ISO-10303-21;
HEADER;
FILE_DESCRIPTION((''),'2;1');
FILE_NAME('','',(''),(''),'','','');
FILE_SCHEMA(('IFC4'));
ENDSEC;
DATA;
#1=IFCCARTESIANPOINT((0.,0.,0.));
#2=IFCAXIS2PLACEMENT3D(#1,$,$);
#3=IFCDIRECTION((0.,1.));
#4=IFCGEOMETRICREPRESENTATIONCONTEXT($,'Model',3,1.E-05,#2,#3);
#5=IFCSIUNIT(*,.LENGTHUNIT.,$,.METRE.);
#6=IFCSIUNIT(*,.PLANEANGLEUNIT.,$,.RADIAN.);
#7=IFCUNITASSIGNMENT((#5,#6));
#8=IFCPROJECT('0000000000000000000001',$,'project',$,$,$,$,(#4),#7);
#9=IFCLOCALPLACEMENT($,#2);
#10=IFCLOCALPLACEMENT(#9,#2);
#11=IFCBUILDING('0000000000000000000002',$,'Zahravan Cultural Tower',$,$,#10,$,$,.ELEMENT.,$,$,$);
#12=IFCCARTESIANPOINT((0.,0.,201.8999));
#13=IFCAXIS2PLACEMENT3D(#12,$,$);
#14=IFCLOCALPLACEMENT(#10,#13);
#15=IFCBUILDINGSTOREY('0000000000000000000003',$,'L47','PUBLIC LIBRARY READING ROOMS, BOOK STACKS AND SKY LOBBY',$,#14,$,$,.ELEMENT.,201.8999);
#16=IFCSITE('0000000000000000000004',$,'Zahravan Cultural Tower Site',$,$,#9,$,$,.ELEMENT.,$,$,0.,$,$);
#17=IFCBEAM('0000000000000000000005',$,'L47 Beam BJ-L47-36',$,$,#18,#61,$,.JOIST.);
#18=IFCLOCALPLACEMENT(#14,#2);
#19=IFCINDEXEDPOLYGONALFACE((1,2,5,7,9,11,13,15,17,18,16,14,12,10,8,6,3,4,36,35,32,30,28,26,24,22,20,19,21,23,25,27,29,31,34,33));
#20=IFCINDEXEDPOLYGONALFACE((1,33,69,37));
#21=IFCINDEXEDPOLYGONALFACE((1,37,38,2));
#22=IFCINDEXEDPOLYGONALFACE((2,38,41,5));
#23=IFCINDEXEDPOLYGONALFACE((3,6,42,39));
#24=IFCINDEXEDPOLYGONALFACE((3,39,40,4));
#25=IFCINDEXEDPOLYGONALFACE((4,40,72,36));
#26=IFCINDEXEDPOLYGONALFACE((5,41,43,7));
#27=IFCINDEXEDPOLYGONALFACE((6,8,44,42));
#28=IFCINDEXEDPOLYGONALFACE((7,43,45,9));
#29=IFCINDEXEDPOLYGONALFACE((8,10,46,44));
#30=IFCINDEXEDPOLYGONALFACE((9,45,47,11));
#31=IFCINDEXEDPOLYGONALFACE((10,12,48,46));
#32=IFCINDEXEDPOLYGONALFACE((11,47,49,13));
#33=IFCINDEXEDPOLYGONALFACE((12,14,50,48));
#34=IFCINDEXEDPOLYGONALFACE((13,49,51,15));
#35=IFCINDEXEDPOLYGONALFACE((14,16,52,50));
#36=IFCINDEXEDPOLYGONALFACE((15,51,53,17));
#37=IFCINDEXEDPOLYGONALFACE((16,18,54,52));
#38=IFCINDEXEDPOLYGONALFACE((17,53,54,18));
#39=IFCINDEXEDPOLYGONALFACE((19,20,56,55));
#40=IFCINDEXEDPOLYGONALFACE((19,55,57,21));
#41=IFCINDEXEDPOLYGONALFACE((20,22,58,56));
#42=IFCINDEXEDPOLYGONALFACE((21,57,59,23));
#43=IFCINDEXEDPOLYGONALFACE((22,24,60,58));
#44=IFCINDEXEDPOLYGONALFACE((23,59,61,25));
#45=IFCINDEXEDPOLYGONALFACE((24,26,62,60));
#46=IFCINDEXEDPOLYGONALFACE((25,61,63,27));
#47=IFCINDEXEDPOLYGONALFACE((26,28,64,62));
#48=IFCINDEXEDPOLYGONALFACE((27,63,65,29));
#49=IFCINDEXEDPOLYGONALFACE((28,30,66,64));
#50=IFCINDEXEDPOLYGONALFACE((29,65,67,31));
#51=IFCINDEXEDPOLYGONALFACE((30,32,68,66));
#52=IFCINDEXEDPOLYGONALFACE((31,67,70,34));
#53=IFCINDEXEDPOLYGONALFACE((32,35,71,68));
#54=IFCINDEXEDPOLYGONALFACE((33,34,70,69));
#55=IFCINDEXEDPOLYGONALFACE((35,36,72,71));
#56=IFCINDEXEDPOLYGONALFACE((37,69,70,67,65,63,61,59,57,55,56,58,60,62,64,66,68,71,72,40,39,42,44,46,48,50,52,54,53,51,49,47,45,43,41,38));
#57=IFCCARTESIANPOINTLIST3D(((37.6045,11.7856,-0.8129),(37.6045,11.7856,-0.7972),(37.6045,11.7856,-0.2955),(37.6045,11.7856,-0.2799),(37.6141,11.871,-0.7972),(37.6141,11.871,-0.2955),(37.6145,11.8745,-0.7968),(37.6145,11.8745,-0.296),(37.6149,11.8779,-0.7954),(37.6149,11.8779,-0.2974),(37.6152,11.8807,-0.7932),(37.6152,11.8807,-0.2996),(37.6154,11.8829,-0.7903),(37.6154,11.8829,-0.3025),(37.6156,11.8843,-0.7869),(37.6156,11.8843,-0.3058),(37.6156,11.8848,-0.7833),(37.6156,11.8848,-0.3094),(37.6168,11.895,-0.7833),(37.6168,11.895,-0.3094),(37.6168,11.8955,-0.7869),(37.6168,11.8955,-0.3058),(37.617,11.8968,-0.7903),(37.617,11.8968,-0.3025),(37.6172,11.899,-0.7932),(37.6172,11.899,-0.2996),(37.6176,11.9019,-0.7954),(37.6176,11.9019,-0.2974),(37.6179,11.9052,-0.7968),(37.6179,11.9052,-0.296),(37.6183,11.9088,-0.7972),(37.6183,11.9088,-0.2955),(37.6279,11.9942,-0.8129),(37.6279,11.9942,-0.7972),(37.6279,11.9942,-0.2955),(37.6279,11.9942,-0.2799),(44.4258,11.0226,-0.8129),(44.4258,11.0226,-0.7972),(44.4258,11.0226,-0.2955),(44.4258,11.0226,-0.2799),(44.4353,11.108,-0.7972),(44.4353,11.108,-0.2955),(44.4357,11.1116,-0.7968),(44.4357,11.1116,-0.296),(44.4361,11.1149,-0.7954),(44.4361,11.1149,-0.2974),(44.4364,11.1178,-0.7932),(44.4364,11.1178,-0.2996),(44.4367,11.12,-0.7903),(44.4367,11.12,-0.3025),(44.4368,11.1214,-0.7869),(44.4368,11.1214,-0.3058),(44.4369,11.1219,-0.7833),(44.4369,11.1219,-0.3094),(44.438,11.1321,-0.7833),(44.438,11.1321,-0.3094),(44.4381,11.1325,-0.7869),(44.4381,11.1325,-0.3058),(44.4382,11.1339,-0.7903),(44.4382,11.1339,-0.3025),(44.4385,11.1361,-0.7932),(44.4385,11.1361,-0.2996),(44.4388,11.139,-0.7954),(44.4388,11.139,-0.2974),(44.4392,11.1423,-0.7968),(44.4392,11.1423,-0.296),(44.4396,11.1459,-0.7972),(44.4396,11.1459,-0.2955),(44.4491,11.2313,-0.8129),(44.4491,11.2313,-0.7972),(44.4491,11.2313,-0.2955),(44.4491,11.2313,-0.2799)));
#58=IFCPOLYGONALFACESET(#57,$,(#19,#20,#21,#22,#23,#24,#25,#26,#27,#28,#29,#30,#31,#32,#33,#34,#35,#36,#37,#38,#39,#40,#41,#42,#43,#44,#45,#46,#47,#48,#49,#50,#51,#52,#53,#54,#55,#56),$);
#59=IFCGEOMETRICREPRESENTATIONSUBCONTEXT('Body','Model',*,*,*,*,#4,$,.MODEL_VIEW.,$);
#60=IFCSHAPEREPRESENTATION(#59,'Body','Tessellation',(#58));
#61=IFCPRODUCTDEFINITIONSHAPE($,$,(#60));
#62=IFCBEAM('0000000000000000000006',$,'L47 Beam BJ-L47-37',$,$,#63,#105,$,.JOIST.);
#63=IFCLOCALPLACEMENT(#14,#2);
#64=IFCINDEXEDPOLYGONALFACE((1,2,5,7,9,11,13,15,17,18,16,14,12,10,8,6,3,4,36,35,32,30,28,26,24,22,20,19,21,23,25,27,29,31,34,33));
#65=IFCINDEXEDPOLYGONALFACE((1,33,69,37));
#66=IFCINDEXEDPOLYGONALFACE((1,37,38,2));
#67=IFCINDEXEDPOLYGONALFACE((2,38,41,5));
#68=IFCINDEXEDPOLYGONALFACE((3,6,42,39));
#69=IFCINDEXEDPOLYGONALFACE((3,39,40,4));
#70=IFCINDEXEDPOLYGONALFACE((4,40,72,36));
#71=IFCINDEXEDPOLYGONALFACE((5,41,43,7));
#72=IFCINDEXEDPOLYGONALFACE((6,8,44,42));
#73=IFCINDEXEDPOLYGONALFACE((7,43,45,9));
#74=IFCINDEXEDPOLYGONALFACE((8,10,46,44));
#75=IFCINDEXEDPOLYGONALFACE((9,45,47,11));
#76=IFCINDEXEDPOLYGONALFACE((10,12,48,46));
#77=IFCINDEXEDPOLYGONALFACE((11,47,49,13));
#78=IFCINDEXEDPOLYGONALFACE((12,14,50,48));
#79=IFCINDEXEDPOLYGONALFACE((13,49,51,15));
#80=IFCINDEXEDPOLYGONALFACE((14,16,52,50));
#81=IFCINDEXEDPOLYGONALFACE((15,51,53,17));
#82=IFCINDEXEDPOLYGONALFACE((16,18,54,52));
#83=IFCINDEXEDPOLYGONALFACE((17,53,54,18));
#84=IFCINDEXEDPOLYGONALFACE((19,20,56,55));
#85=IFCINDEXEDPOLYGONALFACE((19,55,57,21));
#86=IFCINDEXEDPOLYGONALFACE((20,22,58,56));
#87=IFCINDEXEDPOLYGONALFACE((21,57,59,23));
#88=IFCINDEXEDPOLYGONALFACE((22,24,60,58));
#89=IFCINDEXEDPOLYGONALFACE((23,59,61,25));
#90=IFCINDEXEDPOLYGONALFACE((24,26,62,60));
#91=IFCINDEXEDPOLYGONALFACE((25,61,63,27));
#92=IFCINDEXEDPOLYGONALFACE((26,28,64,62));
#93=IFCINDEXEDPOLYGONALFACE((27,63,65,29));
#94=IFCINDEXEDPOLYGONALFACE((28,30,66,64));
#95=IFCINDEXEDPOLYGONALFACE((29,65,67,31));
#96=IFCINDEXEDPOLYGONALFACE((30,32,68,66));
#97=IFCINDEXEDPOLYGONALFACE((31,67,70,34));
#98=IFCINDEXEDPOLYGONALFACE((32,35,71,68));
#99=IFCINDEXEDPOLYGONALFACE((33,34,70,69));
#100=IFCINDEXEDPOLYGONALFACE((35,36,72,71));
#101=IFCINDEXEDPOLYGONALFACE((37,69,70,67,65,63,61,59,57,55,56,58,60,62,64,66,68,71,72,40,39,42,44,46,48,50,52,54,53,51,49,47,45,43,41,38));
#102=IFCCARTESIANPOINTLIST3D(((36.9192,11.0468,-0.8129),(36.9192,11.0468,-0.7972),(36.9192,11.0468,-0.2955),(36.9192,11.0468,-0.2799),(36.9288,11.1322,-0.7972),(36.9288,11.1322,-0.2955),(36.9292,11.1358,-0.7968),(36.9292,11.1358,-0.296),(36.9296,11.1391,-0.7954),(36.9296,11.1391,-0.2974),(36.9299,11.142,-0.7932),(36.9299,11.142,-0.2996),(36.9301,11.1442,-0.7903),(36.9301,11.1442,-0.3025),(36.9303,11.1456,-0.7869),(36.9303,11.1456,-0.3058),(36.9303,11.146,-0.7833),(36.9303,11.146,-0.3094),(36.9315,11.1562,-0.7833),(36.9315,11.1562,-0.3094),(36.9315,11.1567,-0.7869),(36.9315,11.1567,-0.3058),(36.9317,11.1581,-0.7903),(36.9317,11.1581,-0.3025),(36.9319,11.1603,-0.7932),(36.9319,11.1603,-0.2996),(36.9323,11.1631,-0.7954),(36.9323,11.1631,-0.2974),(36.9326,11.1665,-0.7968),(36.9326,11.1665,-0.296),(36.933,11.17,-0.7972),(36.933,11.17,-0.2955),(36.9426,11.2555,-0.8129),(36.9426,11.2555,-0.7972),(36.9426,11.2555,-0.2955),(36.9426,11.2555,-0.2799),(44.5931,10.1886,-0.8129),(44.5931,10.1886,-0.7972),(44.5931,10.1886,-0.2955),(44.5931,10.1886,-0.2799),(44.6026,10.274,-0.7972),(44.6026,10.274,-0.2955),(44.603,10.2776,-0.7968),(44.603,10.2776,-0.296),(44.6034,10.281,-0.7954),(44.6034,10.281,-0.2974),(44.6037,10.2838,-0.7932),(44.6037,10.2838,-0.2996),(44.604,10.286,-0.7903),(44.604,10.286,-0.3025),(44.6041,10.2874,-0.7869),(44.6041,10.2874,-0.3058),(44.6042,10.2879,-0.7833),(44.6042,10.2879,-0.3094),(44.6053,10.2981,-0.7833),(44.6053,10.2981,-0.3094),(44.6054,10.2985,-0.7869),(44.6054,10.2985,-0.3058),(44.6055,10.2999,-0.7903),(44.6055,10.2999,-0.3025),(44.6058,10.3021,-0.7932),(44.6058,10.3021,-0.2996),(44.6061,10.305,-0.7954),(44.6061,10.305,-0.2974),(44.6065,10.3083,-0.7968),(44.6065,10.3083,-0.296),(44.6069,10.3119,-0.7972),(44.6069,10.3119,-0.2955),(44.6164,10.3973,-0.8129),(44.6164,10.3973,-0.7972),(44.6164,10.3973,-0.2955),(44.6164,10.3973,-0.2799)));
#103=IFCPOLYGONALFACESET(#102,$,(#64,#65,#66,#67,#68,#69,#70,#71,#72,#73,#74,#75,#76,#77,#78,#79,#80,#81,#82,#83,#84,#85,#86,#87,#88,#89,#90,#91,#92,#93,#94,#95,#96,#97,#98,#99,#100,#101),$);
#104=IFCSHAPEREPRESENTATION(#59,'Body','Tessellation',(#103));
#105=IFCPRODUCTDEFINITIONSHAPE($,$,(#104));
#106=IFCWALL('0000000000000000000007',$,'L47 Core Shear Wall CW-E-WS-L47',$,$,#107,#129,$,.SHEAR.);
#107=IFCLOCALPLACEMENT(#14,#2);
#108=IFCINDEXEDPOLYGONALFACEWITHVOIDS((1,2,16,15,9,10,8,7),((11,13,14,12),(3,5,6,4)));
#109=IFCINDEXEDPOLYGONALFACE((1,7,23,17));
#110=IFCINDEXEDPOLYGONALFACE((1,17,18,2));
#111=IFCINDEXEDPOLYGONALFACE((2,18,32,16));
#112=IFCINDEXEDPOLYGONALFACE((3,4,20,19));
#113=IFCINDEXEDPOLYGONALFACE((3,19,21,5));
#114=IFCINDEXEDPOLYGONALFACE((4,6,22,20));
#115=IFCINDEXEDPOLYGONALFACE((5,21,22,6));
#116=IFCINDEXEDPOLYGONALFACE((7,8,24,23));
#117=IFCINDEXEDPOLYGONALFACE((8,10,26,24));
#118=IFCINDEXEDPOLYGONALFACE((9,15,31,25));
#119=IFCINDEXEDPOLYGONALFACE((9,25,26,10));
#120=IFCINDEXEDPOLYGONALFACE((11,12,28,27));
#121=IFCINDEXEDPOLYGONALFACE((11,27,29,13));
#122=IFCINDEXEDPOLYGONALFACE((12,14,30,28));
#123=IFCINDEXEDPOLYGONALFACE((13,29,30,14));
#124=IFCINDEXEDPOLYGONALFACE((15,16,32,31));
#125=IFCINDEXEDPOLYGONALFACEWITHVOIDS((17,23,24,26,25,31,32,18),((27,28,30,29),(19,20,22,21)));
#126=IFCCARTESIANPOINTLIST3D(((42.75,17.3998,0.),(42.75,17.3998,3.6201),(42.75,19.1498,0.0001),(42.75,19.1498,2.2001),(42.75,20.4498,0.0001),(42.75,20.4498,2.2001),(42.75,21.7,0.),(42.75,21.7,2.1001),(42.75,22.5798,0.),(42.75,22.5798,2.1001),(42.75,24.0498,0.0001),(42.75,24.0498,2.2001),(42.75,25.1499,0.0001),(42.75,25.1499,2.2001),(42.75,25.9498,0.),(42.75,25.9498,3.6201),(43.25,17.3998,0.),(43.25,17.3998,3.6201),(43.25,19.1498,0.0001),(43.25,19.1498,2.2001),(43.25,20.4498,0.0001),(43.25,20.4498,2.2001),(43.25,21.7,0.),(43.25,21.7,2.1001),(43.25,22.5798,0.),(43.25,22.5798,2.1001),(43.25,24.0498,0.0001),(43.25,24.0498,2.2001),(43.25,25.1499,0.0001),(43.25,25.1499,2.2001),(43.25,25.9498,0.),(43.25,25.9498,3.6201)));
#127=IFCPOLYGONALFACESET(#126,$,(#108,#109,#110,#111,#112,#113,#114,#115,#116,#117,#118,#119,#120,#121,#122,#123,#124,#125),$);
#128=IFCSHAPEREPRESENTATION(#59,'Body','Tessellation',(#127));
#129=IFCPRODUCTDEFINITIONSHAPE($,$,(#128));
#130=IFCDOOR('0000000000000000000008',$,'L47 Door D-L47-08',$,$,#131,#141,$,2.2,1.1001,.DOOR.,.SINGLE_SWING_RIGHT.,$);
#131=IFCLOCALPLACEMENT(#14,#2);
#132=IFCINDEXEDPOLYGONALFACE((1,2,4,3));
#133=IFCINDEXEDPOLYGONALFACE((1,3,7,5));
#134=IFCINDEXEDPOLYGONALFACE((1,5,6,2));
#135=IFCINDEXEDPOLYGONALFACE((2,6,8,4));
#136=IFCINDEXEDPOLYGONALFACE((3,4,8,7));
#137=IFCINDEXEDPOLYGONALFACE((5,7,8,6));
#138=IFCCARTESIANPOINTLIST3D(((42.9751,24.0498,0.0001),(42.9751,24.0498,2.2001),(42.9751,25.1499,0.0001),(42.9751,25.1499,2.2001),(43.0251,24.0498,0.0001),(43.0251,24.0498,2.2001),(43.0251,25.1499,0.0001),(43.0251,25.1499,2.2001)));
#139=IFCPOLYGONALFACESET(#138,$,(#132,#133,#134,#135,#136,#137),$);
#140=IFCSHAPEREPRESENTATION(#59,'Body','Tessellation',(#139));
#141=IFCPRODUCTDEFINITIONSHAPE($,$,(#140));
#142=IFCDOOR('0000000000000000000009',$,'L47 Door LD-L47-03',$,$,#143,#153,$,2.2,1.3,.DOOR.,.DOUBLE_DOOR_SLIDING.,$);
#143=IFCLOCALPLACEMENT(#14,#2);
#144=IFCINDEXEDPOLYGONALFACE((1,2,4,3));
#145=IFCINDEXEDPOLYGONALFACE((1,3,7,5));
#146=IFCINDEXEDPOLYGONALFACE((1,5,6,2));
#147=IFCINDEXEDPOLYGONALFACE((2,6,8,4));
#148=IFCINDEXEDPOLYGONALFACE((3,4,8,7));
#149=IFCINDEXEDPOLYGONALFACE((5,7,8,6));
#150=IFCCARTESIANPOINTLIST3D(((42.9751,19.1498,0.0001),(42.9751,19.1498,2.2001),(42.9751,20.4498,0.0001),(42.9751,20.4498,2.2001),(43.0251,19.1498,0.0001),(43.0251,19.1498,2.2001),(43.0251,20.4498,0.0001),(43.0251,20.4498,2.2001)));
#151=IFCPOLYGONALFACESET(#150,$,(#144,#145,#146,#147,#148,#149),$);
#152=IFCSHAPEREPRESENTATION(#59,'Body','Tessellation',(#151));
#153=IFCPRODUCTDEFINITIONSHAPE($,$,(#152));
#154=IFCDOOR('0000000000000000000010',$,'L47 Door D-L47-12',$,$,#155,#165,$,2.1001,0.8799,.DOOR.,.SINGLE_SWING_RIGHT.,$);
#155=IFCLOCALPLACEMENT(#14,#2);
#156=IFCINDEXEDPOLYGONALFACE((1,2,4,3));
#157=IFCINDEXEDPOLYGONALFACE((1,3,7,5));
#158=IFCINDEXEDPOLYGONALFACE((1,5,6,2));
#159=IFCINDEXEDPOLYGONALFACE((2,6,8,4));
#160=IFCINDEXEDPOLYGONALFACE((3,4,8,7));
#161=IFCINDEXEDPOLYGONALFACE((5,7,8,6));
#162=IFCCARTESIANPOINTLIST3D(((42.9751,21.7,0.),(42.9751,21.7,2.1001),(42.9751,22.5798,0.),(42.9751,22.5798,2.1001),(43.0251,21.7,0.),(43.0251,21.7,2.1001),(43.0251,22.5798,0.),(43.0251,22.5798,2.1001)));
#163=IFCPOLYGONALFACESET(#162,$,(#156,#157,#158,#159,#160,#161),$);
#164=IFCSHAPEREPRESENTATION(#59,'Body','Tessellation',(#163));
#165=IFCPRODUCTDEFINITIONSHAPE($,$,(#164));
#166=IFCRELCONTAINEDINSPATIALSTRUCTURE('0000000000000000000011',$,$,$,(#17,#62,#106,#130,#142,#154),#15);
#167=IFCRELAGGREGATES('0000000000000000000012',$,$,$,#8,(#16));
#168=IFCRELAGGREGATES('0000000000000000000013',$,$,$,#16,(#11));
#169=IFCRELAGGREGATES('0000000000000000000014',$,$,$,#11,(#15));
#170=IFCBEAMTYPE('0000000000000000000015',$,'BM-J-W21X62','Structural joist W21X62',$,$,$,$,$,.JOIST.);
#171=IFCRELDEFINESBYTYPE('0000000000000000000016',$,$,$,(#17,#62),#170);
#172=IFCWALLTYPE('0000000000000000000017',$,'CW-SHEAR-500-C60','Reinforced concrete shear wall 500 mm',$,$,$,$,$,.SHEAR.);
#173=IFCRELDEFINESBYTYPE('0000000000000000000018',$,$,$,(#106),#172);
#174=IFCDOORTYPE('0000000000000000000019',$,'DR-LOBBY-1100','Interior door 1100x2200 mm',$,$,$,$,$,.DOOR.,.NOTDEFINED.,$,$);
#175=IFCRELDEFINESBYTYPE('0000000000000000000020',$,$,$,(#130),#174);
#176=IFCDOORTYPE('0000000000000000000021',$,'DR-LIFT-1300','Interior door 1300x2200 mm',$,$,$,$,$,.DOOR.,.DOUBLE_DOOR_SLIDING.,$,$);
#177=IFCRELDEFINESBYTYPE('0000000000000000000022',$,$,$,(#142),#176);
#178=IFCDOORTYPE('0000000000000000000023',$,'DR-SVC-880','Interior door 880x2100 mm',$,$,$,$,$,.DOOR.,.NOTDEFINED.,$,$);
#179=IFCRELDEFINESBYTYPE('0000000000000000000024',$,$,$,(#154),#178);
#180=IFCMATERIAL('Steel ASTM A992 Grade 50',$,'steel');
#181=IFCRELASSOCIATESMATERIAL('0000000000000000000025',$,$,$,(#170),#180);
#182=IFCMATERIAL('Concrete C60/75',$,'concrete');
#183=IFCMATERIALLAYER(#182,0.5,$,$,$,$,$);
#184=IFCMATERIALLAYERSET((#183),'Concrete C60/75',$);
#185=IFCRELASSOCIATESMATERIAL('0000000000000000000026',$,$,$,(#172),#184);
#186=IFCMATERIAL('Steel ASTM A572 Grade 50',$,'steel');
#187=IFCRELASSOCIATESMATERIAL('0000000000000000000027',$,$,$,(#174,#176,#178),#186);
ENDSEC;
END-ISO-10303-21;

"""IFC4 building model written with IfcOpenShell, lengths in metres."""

from ifc_helpers import new_model, si_unit, direction, frame, frame_2d, origin, origin_2d, place, context, subcontext, project, spatial, rectangle, i_section, extrude, source, transform, mapped, material, layer, layer_set, material_profile, profile_set, type_object, element, fill, save


model = new_model("IFC4")

# Units and contexts
model_context = context("Model", 3, precision=1e-05, world=origin(), true_north=direction((0.0, 1.0)))
body_context = subcontext(model_context, "Body", "Model", "MODEL_VIEW")
ifc_project = project(units=[si_unit("LENGTHUNIT", "METRE"), si_unit("PLANEANGLEUNIT", "RADIAN")], contexts=[model_context])

# Site, building, storey
site_placement = place(None, origin())
site = spatial("IfcSite", under=ifc_project, at=site_placement, Name="Zahravan Cultural Tower Site", CompositionType="ELEMENT", RefElevation=0.0)
building_placement = place(site_placement, origin())
building = spatial("IfcBuilding", under=site, at=building_placement, Name="Zahravan Cultural Tower", CompositionType="ELEMENT")
storey_placement = place(building_placement, frame((0.0, 0.0, 201.8999)))
storey = spatial("IfcBuildingStorey", under=building, at=storey_placement, Name="L47", Description="PUBLIC LIBRARY READING ROOMS, BOOK STACKS AND SKY LOBBY", CompositionType="ELEMENT", Elevation=201.8999)

# Shared definitions
ifc_material_1 = material(Name="Steel ASTM A992 Grade 50", Category="steel")

# Beams
ifc_material_profile_1 = material_profile(ifc_material_1, i_section(OverallWidth=0.21, OverallDepth=0.533, WebThickness=0.0103, FlangeThickness=0.0156, FilletRadius=0.0139, at=origin_2d()), Name="W21X62")
ifc_profile_set_1 = profile_set([ifc_material_profile_1], Name="Steel ASTM A992 Grade 50")
beam_type_1 = type_object("IfcBeamType", Name="BM-J-W21X62", Description="Structural joist W21X62", PredefinedType="JOIST", material=ifc_profile_set_1)
shared_shape_1 = source(origin(), body_context, "Body", "SweptSolid", [
    extrude(i_section(OverallWidth=0.21, OverallDepth=0.533, WebThickness=0.0103, FlangeThickness=0.0156, FilletRadius=0.0139, at=origin_2d()), origin(), (0.0, 0.0, 1.0), 6.8638),
])
beam_1_placement = place(storey_placement, frame((37.6162, 11.8899, -0.5464), z_axis=(0.993803, -0.111154, 0.0), x_axis=(0.111154, 0.993803, 0.0)))
element("IfcBeam", 1, at=beam_1_placement, inside=storey, type_object=beam_type_1, Name="L47 Beam BJ-L47-36", PredefinedType="JOIST", context=body_context, shape_type="MappedRepresentation", body=[
    mapped(shared_shape_1, transform((0.0, 0.0, 0.0), x_axis=(1.0, 0.0, 0.0), y_axis=(0.0, 1.0, 0.0), z_axis=(0.0, 0.0, 1.0), scale=1.0)),
])
shared_shape_2 = source(origin(), body_context, "Body", "SweptSolid", [
    extrude(i_section(OverallWidth=0.21, OverallDepth=0.533, WebThickness=0.0103, FlangeThickness=0.0156, FilletRadius=0.0139, at=origin_2d()), origin(), (0.0, 0.0, 1.0), 7.7217),
])
beam_2_placement = place(storey_placement, frame((36.9309, 11.1511, -0.5464), z_axis=(0.993805, -0.111136, 0.0), x_axis=(0.111136, 0.993805, 0.0)))
element("IfcBeam", 2, at=beam_2_placement, inside=storey, type_object=beam_type_1, Name="L47 Beam BJ-L47-37", PredefinedType="JOIST", context=body_context, shape_type="MappedRepresentation", body=[
    mapped(shared_shape_2, transform((0.0, 0.0, 0.0), x_axis=(1.0, 0.0, 0.0), y_axis=(0.0, 1.0, 0.0), z_axis=(0.0, 0.0, 1.0), scale=1.0)),
])

# Wall, openings, doors
ifc_material_2 = material(Name="Concrete C60/75", Category="concrete")
ifc_layer_1 = layer(ifc_material_2, 0.5)
ifc_layer_set_1 = layer_set([ifc_layer_1], Name="Concrete C60/75")
wall_type_1 = type_object("IfcWallType", Name="CW-SHEAR-500-C60", Description="Reinforced concrete shear wall 500 mm", PredefinedType="SHEAR", material=ifc_layer_set_1)
wall_1_placement = place(storey_placement, frame((43.0, 17.3999, 0.0), z_axis=(0.0, 0.0, 1.0), x_axis=(0.0, 1.0, 0.0)))
wall_1 = element("IfcWall", 3, at=wall_1_placement, inside=storey, type_object=wall_type_1, Name="L47 Core Shear Wall CW-E-WS-L47", PredefinedType="SHEAR", context=body_context, shape_type="SweptSolid", body=[
    extrude(rectangle(XDim=8.55, YDim=0.5, at=frame_2d((4.2749, 0.0))), origin(), (0.0, 0.0, 1.0), 3.6201),
])
opening_1_placement = place(wall_1_placement, frame((6.6499, 0.0, 0.0)))
opening_1 = element("IfcOpeningElement", 4, at=opening_1_placement, cuts=wall_1, PredefinedType="OPENING", context=body_context, shape_type="SweptSolid", body=[
    extrude(rectangle(XDim=1.1001, YDim=2.2, at=frame_2d((0.55, 1.1001))), frame((0.0, 0.26, 0.0), z_axis=(0.0, -1.0, 0.0), x_axis=(1.0, 0.0, 0.0)), (0.0, 0.0, 1.0), 0.52),
])
opening_2_placement = place(wall_1_placement, frame((1.75, 0.0, 0.0)))
opening_2 = element("IfcOpeningElement", 5, at=opening_2_placement, cuts=wall_1, PredefinedType="OPENING", context=body_context, shape_type="SweptSolid", body=[
    extrude(rectangle(XDim=1.3, YDim=2.2, at=frame_2d((0.6499, 1.1001))), frame((0.0, 0.26, 0.0), z_axis=(0.0, -1.0, 0.0), x_axis=(1.0, 0.0, 0.0)), (0.0, 0.0, 1.0), 0.52),
])
opening_3_placement = place(wall_1_placement, frame((4.3, 0.0, 0.0)))
opening_3 = element("IfcOpeningElement", 6, at=opening_3_placement, cuts=wall_1, PredefinedType="OPENING", context=body_context, shape_type="SweptSolid", body=[
    extrude(rectangle(XDim=0.8799, YDim=2.1001, at=frame_2d((0.4399, 1.05))), frame((0.0, 0.26, 0.0), z_axis=(0.0, -1.0, 0.0), x_axis=(1.0, 0.0, 0.0)), (0.0, 0.0, 1.0), 0.52),
])
ifc_material_3 = material(Name="Steel ASTM A572 Grade 50", Category="steel")
door_type_1 = type_object("IfcDoorType", Name="DR-LOBBY-1100", Description="Interior door 1100x2200 mm", OperationType="NOTDEFINED", PredefinedType="DOOR", material=ifc_material_3)
shared_shape_3 = source(origin(), body_context, "Body", "SweptSolid", [
    extrude(rectangle(XDim=1.1001, YDim=2.2, at=frame_2d((0.55, 1.1001))), frame((0.0, 0.0249, 0.0), z_axis=(0.0, -1.0, 0.0), x_axis=(1.0, 0.0, 0.0)), (0.0, 0.0, 1.0), 0.05),
])
door_1_placement = place(opening_1_placement, origin())
door_1 = element("IfcDoor", 7, at=door_1_placement, inside=storey, type_object=door_type_1, Name="L47 Door D-L47-08", OperationType="SINGLE_SWING_RIGHT", OverallHeight=2.2, OverallWidth=1.1001, PredefinedType="DOOR", context=body_context, shape_type="MappedRepresentation", body=[
    mapped(shared_shape_3, transform((0.0, 0.0, 0.0), x_axis=(1.0, 0.0, 0.0), y_axis=(0.0, 1.0, 0.0), z_axis=(0.0, 0.0, 1.0), scale=1.0)),
])
fill(opening_1, door_1)
door_type_2 = type_object("IfcDoorType", Name="DR-LIFT-1300", Description="Interior door 1300x2200 mm", OperationType="DOUBLE_DOOR_SLIDING", PredefinedType="DOOR", material=ifc_material_3)
shared_shape_4 = source(origin(), body_context, "Body", "SweptSolid", [
    extrude(rectangle(XDim=1.3, YDim=2.2, at=frame_2d((0.6499, 1.1001))), frame((0.0, 0.0249, 0.0), z_axis=(0.0, -1.0, 0.0), x_axis=(1.0, 0.0, 0.0)), (0.0, 0.0, 1.0), 0.05),
])
door_2_placement = place(opening_2_placement, origin())
door_2 = element("IfcDoor", 8, at=door_2_placement, inside=storey, type_object=door_type_2, Name="L47 Door LD-L47-03", OperationType="DOUBLE_DOOR_SLIDING", OverallHeight=2.2, OverallWidth=1.3, PredefinedType="DOOR", context=body_context, shape_type="MappedRepresentation", body=[
    mapped(shared_shape_4, transform((0.0, 0.0, 0.0), x_axis=(1.0, 0.0, 0.0), y_axis=(0.0, 1.0, 0.0), z_axis=(0.0, 0.0, 1.0), scale=1.0)),
])
fill(opening_2, door_2)
door_type_3 = type_object("IfcDoorType", Name="DR-SVC-880", Description="Interior door 880x2100 mm", OperationType="NOTDEFINED", PredefinedType="DOOR", material=ifc_material_3)
shared_shape_5 = source(origin(), body_context, "Body", "SweptSolid", [
    extrude(rectangle(XDim=0.8799, YDim=2.1001, at=frame_2d((0.4399, 1.05))), frame((0.0, 0.0249, 0.0), z_axis=(0.0, -1.0, 0.0), x_axis=(1.0, 0.0, 0.0)), (0.0, 0.0, 1.0), 0.05),
])
door_3_placement = place(opening_3_placement, origin())
door_3 = element("IfcDoor", 9, at=door_3_placement, inside=storey, type_object=door_type_3, Name="L47 Door D-L47-12", OperationType="SINGLE_SWING_RIGHT", OverallHeight=2.1001, OverallWidth=0.8799, PredefinedType="DOOR", context=body_context, shape_type="MappedRepresentation", body=[
    mapped(shared_shape_5, transform((0.0, 0.0, 0.0), x_axis=(1.0, 0.0, 0.0), y_axis=(0.0, 1.0, 0.0), z_axis=(0.0, 0.0, 1.0), scale=1.0)),
])
fill(opening_3, door_3)

save(model, "model.ifc")
